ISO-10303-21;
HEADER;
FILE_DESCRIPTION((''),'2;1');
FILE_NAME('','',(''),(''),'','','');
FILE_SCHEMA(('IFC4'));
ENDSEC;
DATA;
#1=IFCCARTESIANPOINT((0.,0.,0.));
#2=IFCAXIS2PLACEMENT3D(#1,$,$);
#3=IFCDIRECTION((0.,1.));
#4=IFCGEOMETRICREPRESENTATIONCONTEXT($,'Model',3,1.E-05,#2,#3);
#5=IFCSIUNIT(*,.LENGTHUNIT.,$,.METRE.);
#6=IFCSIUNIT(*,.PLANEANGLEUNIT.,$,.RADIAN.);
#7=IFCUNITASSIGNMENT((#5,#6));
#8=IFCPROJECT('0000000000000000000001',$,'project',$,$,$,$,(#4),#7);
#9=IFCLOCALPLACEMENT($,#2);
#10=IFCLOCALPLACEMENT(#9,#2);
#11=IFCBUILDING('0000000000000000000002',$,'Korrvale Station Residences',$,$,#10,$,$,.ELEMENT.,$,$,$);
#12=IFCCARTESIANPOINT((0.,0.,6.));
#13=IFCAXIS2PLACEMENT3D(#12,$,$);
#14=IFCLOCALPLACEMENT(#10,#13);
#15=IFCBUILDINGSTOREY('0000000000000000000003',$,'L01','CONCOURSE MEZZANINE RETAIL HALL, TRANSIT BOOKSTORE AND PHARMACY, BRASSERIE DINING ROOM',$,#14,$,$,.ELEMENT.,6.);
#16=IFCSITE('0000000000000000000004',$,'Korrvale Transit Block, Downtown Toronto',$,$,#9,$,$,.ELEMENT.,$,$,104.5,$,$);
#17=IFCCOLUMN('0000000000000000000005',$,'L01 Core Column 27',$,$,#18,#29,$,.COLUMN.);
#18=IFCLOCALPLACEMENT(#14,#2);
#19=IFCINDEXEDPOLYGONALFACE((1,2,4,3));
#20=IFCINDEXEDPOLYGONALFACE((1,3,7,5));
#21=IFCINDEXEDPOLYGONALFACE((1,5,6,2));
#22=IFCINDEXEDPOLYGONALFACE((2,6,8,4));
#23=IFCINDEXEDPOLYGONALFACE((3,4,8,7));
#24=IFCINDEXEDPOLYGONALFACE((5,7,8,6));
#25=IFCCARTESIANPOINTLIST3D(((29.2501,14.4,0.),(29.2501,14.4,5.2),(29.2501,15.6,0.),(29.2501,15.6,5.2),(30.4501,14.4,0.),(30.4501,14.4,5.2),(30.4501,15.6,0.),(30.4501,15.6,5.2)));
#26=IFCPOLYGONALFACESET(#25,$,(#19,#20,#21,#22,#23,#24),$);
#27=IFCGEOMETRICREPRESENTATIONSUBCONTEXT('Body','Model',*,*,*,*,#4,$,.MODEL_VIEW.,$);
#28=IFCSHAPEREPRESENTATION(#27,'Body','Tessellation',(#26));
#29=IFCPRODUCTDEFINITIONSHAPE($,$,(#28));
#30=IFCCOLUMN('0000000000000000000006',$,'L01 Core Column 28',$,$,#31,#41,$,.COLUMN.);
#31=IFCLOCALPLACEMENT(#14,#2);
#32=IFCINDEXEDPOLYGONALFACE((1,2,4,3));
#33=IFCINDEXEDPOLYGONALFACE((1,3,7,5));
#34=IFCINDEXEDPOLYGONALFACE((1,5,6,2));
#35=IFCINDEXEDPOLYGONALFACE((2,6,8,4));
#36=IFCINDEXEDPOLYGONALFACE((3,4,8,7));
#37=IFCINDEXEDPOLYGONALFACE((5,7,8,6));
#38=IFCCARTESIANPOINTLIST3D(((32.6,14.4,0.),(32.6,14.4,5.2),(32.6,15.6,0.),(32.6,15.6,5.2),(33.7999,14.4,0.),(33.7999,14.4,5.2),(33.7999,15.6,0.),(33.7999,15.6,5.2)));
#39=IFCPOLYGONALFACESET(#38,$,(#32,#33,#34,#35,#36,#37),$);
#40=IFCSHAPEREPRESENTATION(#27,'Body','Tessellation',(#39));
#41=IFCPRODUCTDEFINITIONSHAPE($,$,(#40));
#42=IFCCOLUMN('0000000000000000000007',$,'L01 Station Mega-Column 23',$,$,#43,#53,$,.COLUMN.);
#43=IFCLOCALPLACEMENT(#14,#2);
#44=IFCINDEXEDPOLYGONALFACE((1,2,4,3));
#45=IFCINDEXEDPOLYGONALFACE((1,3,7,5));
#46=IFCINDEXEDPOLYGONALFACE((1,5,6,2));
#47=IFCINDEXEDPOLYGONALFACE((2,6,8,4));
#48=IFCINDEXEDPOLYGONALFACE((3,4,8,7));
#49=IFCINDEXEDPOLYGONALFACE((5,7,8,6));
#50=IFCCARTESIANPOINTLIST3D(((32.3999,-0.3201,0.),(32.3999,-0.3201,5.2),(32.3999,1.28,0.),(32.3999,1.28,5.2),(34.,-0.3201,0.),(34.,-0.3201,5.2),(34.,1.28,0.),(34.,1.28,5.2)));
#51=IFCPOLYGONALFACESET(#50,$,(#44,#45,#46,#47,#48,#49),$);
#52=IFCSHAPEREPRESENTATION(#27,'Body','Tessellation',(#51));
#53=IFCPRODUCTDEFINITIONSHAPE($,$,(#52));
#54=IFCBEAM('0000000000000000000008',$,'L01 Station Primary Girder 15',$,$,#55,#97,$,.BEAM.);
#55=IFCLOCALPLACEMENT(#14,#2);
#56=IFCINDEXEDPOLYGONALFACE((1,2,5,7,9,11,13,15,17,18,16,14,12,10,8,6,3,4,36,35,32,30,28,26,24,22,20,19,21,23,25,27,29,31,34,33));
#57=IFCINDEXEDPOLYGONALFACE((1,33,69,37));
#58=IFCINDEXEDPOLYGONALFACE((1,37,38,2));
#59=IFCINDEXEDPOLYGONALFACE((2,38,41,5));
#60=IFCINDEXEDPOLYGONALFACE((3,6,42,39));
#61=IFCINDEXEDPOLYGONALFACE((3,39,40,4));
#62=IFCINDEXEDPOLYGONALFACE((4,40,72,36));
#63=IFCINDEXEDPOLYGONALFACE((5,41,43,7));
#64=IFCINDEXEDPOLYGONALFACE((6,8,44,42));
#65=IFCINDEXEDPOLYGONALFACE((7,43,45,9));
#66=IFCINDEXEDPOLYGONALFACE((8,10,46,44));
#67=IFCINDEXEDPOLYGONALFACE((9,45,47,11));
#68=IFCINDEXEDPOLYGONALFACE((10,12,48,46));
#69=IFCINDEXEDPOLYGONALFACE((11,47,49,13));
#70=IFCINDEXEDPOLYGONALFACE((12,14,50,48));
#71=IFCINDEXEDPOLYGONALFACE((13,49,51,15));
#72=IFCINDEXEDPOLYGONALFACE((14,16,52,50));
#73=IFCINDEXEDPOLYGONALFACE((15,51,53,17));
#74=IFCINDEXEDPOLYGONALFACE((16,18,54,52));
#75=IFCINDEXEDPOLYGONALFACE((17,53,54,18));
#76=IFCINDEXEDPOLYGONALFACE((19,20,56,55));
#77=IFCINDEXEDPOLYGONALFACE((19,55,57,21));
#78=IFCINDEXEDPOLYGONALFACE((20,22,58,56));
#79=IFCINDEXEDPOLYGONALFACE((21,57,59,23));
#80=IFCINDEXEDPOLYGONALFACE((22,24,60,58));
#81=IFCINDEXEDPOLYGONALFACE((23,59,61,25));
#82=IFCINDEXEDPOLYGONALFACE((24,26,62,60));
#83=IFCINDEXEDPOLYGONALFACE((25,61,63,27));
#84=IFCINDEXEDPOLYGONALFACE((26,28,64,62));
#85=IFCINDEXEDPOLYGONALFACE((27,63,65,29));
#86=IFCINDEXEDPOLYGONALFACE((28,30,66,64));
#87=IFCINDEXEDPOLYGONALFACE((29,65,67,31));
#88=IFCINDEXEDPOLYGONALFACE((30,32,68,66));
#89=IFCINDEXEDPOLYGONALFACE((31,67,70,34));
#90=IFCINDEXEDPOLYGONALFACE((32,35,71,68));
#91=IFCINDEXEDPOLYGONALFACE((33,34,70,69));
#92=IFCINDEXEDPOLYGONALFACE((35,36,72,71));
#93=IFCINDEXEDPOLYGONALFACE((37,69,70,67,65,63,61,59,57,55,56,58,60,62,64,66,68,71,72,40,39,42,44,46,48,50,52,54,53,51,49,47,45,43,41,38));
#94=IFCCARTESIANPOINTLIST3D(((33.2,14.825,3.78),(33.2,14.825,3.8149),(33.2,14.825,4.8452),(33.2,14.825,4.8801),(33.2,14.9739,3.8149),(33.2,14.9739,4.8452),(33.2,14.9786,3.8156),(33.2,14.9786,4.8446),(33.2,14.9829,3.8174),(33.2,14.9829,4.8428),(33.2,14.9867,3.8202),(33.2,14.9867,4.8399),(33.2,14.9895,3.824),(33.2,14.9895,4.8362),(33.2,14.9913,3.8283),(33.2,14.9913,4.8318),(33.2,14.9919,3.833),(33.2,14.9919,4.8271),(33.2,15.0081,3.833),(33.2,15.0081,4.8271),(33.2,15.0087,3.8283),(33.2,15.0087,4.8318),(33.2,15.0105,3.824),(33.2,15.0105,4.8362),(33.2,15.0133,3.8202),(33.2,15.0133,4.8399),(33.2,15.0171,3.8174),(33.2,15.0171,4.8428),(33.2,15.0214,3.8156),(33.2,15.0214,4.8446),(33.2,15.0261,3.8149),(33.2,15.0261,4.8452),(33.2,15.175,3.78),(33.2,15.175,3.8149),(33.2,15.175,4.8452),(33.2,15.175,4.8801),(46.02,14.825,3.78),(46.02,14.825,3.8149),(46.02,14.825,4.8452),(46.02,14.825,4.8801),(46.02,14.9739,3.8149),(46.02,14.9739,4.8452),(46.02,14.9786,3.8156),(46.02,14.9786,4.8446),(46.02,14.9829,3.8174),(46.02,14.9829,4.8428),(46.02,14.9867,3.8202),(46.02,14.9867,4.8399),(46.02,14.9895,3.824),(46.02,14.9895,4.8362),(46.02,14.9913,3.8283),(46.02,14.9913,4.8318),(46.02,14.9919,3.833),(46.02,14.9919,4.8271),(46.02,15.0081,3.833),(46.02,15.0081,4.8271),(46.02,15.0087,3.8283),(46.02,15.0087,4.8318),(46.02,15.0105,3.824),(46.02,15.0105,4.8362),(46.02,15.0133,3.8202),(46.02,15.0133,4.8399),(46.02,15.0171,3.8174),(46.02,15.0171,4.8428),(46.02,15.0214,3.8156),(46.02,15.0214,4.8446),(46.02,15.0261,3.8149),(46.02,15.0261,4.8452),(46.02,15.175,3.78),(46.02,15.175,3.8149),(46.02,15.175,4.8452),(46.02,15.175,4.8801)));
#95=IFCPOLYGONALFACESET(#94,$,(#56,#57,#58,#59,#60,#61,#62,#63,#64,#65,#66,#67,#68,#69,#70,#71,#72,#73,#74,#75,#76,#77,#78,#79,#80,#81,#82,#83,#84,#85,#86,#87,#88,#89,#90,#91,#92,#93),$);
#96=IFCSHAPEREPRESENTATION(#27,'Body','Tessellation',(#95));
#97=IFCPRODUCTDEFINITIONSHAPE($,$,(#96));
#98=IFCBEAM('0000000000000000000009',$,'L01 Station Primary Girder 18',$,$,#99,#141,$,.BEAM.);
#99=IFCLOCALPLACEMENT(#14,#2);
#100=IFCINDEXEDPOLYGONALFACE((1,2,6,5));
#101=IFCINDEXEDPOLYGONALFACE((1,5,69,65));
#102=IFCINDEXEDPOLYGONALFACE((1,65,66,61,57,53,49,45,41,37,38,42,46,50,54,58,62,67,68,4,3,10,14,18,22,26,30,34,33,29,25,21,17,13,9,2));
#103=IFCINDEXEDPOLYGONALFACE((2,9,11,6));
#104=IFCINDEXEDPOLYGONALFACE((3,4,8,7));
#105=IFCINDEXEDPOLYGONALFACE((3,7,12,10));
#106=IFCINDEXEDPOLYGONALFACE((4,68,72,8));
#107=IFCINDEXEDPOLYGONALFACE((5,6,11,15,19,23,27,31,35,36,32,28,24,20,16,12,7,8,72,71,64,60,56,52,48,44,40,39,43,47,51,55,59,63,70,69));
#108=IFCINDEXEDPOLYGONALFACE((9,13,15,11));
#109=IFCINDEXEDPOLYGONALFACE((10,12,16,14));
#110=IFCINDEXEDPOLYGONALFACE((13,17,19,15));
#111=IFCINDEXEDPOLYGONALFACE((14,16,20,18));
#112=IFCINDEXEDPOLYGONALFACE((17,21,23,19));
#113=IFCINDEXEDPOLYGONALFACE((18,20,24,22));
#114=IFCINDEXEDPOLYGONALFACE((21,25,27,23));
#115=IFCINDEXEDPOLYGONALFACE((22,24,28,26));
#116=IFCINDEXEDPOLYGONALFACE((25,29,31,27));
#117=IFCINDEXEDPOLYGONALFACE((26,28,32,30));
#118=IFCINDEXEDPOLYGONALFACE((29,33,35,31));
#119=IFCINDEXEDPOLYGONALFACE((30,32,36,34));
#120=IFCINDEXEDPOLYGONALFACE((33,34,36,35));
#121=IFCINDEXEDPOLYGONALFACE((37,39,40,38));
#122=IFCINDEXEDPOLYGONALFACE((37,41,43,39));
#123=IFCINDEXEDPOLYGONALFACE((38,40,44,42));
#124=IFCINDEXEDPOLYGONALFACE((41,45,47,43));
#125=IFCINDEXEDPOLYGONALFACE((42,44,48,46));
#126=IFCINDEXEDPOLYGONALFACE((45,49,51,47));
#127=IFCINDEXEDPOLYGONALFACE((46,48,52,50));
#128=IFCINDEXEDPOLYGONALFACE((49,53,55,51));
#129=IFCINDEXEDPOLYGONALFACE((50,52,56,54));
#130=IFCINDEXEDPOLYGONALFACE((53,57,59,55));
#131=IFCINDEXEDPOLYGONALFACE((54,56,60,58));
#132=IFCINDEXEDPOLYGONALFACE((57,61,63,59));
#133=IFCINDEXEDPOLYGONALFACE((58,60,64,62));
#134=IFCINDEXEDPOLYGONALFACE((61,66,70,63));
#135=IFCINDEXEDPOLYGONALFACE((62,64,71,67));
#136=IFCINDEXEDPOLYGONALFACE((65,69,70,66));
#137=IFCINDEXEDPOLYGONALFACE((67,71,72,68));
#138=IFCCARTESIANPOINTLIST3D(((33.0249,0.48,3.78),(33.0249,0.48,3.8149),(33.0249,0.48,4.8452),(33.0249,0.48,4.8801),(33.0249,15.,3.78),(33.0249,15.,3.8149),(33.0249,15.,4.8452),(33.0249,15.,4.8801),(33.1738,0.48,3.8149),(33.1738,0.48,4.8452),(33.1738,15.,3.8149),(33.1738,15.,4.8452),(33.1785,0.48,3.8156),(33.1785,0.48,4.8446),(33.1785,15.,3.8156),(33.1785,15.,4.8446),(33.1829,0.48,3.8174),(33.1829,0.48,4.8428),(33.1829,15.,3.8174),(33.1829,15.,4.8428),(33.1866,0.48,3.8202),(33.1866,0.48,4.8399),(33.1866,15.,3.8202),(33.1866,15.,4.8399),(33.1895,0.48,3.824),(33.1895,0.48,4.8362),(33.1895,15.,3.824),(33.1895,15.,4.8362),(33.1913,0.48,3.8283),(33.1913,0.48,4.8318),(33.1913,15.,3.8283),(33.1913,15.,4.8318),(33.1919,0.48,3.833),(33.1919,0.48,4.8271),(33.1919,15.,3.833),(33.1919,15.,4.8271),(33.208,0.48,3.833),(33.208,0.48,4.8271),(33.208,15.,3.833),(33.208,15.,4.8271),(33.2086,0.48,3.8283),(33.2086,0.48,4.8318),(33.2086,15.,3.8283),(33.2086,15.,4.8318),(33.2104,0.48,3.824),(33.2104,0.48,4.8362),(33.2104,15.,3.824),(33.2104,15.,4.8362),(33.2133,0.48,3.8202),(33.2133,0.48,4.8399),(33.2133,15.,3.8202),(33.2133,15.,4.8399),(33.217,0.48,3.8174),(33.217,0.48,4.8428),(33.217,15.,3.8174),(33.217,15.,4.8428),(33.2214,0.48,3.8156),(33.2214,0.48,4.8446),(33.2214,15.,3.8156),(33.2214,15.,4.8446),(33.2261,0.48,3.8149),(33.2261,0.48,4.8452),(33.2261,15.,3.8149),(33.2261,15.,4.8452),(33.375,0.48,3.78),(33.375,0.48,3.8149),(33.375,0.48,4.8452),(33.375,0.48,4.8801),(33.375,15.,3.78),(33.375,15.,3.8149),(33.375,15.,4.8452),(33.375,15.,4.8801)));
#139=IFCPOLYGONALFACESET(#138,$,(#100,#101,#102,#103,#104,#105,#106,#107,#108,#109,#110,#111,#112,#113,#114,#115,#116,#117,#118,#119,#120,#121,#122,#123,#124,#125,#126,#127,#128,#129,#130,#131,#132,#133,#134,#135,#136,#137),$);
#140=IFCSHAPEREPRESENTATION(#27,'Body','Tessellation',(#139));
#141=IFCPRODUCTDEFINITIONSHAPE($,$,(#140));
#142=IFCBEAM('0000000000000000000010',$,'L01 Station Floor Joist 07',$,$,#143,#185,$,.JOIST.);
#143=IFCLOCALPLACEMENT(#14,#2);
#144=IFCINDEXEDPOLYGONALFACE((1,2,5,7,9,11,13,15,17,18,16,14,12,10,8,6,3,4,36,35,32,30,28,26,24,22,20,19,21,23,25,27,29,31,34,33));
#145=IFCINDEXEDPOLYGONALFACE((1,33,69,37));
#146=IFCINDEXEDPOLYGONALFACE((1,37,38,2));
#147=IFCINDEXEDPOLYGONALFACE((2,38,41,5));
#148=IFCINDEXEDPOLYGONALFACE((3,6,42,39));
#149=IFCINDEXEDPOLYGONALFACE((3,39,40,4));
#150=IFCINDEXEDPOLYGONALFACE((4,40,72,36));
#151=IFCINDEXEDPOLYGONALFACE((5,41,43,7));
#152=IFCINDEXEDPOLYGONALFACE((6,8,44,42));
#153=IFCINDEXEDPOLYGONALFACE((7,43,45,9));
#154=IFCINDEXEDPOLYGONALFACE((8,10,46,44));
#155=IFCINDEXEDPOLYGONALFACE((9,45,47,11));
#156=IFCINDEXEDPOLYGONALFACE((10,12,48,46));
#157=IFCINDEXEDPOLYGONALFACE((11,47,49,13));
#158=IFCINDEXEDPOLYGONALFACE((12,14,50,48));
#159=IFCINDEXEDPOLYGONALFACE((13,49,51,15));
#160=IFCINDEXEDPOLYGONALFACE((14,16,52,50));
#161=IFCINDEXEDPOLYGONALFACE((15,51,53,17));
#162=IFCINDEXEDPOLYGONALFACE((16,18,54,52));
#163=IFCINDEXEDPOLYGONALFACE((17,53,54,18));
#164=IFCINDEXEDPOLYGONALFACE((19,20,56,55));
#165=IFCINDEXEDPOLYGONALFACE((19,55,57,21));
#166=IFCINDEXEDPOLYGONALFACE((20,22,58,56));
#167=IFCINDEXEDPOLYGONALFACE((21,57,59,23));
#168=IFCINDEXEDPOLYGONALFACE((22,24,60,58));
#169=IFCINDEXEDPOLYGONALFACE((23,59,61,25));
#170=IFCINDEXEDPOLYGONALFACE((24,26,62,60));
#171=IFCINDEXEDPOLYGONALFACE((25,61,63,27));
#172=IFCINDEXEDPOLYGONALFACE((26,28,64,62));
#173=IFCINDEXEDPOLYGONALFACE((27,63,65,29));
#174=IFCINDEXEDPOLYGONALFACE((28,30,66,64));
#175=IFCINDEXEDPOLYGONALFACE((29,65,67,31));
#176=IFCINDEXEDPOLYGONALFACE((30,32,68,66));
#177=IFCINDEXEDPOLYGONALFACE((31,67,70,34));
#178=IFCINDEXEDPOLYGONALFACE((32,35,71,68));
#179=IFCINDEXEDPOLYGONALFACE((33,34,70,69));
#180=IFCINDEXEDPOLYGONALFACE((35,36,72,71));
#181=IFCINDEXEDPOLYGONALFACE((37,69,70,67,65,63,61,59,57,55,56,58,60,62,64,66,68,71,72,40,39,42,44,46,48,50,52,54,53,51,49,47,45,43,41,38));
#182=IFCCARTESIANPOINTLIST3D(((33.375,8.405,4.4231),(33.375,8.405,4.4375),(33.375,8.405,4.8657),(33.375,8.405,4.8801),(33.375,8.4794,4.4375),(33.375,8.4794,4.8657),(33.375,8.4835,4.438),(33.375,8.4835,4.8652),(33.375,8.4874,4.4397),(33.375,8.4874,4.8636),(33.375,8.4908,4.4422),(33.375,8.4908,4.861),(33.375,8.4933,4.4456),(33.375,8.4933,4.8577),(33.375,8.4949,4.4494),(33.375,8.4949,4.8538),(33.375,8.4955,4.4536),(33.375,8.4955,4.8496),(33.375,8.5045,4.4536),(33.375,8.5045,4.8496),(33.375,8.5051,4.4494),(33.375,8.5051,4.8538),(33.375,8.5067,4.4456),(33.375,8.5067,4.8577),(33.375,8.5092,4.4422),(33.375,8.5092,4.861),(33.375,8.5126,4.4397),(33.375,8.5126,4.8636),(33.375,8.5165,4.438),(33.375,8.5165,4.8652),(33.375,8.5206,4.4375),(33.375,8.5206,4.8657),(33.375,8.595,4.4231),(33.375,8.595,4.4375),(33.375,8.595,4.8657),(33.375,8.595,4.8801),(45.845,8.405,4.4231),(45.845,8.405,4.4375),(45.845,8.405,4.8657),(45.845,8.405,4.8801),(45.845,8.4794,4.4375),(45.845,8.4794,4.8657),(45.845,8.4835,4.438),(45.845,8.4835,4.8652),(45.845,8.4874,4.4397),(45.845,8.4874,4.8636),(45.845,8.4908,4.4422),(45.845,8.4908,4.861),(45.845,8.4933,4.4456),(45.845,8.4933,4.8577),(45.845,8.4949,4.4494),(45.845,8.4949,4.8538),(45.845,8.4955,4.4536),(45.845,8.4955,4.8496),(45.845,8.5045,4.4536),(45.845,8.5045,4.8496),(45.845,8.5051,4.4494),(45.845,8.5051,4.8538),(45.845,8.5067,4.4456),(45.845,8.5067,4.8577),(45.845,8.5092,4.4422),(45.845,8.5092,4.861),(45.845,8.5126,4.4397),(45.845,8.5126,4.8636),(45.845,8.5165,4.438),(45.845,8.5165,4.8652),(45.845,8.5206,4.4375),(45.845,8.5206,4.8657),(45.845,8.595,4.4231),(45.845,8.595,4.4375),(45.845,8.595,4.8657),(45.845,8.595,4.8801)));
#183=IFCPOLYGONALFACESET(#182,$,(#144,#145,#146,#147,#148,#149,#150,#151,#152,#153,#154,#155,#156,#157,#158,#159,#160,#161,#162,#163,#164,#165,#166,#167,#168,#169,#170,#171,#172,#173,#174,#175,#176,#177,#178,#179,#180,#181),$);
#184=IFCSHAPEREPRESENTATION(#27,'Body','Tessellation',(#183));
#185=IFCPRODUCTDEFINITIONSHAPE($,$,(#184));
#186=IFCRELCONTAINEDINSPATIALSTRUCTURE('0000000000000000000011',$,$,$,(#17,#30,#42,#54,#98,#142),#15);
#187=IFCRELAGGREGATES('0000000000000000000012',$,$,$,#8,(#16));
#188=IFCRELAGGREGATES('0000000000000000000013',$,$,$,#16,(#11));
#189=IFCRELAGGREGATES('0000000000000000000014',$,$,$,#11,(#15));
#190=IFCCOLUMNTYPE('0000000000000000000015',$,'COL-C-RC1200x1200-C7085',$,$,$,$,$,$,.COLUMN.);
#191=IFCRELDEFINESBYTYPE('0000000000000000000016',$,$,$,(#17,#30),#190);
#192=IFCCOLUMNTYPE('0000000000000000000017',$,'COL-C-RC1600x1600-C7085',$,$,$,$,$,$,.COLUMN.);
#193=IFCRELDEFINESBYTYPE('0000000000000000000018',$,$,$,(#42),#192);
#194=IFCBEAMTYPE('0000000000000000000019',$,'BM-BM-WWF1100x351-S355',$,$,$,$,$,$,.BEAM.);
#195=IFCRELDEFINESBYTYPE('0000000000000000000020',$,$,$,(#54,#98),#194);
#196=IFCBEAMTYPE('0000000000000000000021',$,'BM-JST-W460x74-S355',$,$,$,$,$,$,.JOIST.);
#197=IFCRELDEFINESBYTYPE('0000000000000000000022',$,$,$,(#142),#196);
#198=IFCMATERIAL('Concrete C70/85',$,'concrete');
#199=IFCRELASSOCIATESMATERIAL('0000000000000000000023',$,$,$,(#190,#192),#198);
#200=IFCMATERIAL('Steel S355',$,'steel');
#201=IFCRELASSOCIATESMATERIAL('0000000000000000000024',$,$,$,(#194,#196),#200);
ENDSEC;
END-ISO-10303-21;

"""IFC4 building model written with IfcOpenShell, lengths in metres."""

from ifc_helpers import new_model, si_unit, direction, frame, origin, origin_2d, place, context, subcontext, project, spatial, rectangle, i_section, extrude, material, material_profile, profile_set, type_object, element, save


model = new_model("IFC4")

# Units and contexts
model_context = context("Model", 3, precision=1e-05, world=origin(), true_north=direction((0.0, 1.0)))
body_context = subcontext(model_context, "Body", "Model", "MODEL_VIEW")
ifc_project = project(units=[si_unit("LENGTHUNIT", "METRE"), si_unit("PLANEANGLEUNIT", "RADIAN")], contexts=[model_context])

# Site, building, storey
site_placement = place(None, origin())
site = spatial("IfcSite", under=ifc_project, at=site_placement, Name="Korrvale Transit Block, Downtown Toronto", CompositionType="ELEMENT", RefElevation=104.5)
building_placement = place(site_placement, origin())
building = spatial("IfcBuilding", under=site, at=building_placement, Name="Korrvale Station Residences", CompositionType="ELEMENT")
storey_placement = place(building_placement, frame((0.0, 0.0, 6.0)))
storey = spatial("IfcBuildingStorey", under=building, at=storey_placement, Name="L01", Description="CONCOURSE MEZZANINE RETAIL HALL, TRANSIT BOOKSTORE AND PHARMACY, BRASSERIE DINING ROOM", CompositionType="ELEMENT", Elevation=6.0)

# Columns
ifc_material_1 = material(Name="Concrete C70/85", Category="concrete")
ifc_material_profile_1 = material_profile(ifc_material_1, rectangle(XDim=1.2, YDim=1.2, at=origin_2d()), Name="RC1200x1200")
ifc_profile_set_1 = profile_set([ifc_material_profile_1], Name="Concrete C70/85")
column_type_1 = type_object("IfcColumnType", Name="COL-C-RC1200x1200-C7085", PredefinedType="COLUMN", material=ifc_profile_set_1)
for number, where, z_axis, x_axis, name in (
    (1, (29.8501, 15.0, 0.0), (0.0, 0.0, 1.0), (1.0, 0.0, 0.0), "L01 Core Column 27"),
    (2, (33.2, 15.0, 0.0), (0.0, 0.0, 1.0), (1.0, 0.0, 0.0), "L01 Core Column 28"),
):
    element("IfcColumn", number, at=place(storey_placement, frame(where, z_axis=z_axis, x_axis=x_axis)), inside=storey, type_object=column_type_1, Name=name, PredefinedType="COLUMN", context=body_context, shape_type="SweptSolid", body=[
        extrude(rectangle(XDim=1.2, YDim=1.2, at=origin_2d()), origin(), (0.0, 0.0, 1.0), 5.2),
    ])
ifc_material_profile_2 = material_profile(ifc_material_1, rectangle(XDim=1.6001, YDim=1.6001, at=origin_2d()), Name="RC1600x1600")
ifc_profile_set_2 = profile_set([ifc_material_profile_2], Name="Concrete C70/85")
column_type_2 = type_object("IfcColumnType", Name="COL-C-RC1600x1600-C7085", PredefinedType="COLUMN", material=ifc_profile_set_2)
column_placement = place(storey_placement, frame((33.2, 0.48, 0.0), z_axis=(0.0, 0.0, 1.0), x_axis=(1.0, 0.0, 0.0)))
element("IfcColumn", 3, at=column_placement, inside=storey, type_object=column_type_2, Name="L01 Station Mega-Column 23", PredefinedType="COLUMN", context=body_context, shape_type="SweptSolid", body=[
    extrude(rectangle(XDim=1.6001, YDim=1.6001, at=origin_2d()), origin(), (0.0, 0.0, 1.0), 5.2),
])

# Beams
ifc_material_2 = material(Name="Steel S355", Category="steel")
ifc_material_profile_3 = material_profile(ifc_material_2, i_section(OverallWidth=0.3501, OverallDepth=1.1001, WebThickness=0.0161, FlangeThickness=0.0349, FilletRadius=0.0181, at=origin_2d()), Name="WWF1100x351")
ifc_profile_set_3 = profile_set([ifc_material_profile_3], Name="Steel S355")
beam_type_1 = type_object("IfcBeamType", Name="BM-BM-WWF1100x351-S355", PredefinedType="BEAM", material=ifc_profile_set_3)
beam_1_placement = place(storey_placement, frame((33.2, 15.0, 4.3301), z_axis=(1.0, 0.0, 0.0), x_axis=(0.0, 1.0, 0.0)))
element("IfcBeam", 4, at=beam_1_placement, inside=storey, type_object=beam_type_1, Name="L01 Station Primary Girder 15", PredefinedType="BEAM", context=body_context, shape_type="SweptSolid", body=[
    extrude(i_section(OverallWidth=0.3501, OverallDepth=1.1001, WebThickness=0.0161, FlangeThickness=0.0349, FilletRadius=0.0181, at=origin_2d()), origin(), (0.0, 0.0, 1.0), 12.8201),
])
beam_2_placement = place(storey_placement, frame((33.2, 0.48, 4.3301), z_axis=(0.0, 1.0, 0.0), x_axis=(-1.0, 0.0, 0.0)))
element("IfcBeam", 5, at=beam_2_placement, inside=storey, type_object=beam_type_1, Name="L01 Station Primary Girder 18", PredefinedType="BEAM", context=body_context, shape_type="SweptSolid", body=[
    extrude(i_section(OverallWidth=0.3501, OverallDepth=1.1001, WebThickness=0.0161, FlangeThickness=0.0349, FilletRadius=0.0181, at=origin_2d()), origin(), (0.0, 0.0, 1.0), 14.52),
])
ifc_material_profile_4 = material_profile(ifc_material_2, i_section(OverallWidth=0.1899, OverallDepth=0.457, WebThickness=0.009, FlangeThickness=0.0144, FilletRadius=0.0161, at=origin_2d()), Name="W460x74")
ifc_profile_set_4 = profile_set([ifc_material_profile_4], Name="Steel S355")
beam_type_2 = type_object("IfcBeamType", Name="BM-JST-W460x74-S355", PredefinedType="JOIST", material=ifc_profile_set_4)
beam_3_placement = place(storey_placement, frame((33.375, 8.5, 4.6516), z_axis=(1.0, 0.0, 0.0), x_axis=(0.0, 1.0, 0.0)))
element("IfcBeam", 6, at=beam_3_placement, inside=storey, type_object=beam_type_2, Name="L01 Station Floor Joist 07", PredefinedType="JOIST", context=body_context, shape_type="SweptSolid", body=[
    extrude(i_section(OverallWidth=0.1899, OverallDepth=0.457, WebThickness=0.009, FlangeThickness=0.0144, FilletRadius=0.0161, at=origin_2d()), origin(), (0.0, 0.0, 1.0), 12.47),
])

save(model, "model.ifc")
